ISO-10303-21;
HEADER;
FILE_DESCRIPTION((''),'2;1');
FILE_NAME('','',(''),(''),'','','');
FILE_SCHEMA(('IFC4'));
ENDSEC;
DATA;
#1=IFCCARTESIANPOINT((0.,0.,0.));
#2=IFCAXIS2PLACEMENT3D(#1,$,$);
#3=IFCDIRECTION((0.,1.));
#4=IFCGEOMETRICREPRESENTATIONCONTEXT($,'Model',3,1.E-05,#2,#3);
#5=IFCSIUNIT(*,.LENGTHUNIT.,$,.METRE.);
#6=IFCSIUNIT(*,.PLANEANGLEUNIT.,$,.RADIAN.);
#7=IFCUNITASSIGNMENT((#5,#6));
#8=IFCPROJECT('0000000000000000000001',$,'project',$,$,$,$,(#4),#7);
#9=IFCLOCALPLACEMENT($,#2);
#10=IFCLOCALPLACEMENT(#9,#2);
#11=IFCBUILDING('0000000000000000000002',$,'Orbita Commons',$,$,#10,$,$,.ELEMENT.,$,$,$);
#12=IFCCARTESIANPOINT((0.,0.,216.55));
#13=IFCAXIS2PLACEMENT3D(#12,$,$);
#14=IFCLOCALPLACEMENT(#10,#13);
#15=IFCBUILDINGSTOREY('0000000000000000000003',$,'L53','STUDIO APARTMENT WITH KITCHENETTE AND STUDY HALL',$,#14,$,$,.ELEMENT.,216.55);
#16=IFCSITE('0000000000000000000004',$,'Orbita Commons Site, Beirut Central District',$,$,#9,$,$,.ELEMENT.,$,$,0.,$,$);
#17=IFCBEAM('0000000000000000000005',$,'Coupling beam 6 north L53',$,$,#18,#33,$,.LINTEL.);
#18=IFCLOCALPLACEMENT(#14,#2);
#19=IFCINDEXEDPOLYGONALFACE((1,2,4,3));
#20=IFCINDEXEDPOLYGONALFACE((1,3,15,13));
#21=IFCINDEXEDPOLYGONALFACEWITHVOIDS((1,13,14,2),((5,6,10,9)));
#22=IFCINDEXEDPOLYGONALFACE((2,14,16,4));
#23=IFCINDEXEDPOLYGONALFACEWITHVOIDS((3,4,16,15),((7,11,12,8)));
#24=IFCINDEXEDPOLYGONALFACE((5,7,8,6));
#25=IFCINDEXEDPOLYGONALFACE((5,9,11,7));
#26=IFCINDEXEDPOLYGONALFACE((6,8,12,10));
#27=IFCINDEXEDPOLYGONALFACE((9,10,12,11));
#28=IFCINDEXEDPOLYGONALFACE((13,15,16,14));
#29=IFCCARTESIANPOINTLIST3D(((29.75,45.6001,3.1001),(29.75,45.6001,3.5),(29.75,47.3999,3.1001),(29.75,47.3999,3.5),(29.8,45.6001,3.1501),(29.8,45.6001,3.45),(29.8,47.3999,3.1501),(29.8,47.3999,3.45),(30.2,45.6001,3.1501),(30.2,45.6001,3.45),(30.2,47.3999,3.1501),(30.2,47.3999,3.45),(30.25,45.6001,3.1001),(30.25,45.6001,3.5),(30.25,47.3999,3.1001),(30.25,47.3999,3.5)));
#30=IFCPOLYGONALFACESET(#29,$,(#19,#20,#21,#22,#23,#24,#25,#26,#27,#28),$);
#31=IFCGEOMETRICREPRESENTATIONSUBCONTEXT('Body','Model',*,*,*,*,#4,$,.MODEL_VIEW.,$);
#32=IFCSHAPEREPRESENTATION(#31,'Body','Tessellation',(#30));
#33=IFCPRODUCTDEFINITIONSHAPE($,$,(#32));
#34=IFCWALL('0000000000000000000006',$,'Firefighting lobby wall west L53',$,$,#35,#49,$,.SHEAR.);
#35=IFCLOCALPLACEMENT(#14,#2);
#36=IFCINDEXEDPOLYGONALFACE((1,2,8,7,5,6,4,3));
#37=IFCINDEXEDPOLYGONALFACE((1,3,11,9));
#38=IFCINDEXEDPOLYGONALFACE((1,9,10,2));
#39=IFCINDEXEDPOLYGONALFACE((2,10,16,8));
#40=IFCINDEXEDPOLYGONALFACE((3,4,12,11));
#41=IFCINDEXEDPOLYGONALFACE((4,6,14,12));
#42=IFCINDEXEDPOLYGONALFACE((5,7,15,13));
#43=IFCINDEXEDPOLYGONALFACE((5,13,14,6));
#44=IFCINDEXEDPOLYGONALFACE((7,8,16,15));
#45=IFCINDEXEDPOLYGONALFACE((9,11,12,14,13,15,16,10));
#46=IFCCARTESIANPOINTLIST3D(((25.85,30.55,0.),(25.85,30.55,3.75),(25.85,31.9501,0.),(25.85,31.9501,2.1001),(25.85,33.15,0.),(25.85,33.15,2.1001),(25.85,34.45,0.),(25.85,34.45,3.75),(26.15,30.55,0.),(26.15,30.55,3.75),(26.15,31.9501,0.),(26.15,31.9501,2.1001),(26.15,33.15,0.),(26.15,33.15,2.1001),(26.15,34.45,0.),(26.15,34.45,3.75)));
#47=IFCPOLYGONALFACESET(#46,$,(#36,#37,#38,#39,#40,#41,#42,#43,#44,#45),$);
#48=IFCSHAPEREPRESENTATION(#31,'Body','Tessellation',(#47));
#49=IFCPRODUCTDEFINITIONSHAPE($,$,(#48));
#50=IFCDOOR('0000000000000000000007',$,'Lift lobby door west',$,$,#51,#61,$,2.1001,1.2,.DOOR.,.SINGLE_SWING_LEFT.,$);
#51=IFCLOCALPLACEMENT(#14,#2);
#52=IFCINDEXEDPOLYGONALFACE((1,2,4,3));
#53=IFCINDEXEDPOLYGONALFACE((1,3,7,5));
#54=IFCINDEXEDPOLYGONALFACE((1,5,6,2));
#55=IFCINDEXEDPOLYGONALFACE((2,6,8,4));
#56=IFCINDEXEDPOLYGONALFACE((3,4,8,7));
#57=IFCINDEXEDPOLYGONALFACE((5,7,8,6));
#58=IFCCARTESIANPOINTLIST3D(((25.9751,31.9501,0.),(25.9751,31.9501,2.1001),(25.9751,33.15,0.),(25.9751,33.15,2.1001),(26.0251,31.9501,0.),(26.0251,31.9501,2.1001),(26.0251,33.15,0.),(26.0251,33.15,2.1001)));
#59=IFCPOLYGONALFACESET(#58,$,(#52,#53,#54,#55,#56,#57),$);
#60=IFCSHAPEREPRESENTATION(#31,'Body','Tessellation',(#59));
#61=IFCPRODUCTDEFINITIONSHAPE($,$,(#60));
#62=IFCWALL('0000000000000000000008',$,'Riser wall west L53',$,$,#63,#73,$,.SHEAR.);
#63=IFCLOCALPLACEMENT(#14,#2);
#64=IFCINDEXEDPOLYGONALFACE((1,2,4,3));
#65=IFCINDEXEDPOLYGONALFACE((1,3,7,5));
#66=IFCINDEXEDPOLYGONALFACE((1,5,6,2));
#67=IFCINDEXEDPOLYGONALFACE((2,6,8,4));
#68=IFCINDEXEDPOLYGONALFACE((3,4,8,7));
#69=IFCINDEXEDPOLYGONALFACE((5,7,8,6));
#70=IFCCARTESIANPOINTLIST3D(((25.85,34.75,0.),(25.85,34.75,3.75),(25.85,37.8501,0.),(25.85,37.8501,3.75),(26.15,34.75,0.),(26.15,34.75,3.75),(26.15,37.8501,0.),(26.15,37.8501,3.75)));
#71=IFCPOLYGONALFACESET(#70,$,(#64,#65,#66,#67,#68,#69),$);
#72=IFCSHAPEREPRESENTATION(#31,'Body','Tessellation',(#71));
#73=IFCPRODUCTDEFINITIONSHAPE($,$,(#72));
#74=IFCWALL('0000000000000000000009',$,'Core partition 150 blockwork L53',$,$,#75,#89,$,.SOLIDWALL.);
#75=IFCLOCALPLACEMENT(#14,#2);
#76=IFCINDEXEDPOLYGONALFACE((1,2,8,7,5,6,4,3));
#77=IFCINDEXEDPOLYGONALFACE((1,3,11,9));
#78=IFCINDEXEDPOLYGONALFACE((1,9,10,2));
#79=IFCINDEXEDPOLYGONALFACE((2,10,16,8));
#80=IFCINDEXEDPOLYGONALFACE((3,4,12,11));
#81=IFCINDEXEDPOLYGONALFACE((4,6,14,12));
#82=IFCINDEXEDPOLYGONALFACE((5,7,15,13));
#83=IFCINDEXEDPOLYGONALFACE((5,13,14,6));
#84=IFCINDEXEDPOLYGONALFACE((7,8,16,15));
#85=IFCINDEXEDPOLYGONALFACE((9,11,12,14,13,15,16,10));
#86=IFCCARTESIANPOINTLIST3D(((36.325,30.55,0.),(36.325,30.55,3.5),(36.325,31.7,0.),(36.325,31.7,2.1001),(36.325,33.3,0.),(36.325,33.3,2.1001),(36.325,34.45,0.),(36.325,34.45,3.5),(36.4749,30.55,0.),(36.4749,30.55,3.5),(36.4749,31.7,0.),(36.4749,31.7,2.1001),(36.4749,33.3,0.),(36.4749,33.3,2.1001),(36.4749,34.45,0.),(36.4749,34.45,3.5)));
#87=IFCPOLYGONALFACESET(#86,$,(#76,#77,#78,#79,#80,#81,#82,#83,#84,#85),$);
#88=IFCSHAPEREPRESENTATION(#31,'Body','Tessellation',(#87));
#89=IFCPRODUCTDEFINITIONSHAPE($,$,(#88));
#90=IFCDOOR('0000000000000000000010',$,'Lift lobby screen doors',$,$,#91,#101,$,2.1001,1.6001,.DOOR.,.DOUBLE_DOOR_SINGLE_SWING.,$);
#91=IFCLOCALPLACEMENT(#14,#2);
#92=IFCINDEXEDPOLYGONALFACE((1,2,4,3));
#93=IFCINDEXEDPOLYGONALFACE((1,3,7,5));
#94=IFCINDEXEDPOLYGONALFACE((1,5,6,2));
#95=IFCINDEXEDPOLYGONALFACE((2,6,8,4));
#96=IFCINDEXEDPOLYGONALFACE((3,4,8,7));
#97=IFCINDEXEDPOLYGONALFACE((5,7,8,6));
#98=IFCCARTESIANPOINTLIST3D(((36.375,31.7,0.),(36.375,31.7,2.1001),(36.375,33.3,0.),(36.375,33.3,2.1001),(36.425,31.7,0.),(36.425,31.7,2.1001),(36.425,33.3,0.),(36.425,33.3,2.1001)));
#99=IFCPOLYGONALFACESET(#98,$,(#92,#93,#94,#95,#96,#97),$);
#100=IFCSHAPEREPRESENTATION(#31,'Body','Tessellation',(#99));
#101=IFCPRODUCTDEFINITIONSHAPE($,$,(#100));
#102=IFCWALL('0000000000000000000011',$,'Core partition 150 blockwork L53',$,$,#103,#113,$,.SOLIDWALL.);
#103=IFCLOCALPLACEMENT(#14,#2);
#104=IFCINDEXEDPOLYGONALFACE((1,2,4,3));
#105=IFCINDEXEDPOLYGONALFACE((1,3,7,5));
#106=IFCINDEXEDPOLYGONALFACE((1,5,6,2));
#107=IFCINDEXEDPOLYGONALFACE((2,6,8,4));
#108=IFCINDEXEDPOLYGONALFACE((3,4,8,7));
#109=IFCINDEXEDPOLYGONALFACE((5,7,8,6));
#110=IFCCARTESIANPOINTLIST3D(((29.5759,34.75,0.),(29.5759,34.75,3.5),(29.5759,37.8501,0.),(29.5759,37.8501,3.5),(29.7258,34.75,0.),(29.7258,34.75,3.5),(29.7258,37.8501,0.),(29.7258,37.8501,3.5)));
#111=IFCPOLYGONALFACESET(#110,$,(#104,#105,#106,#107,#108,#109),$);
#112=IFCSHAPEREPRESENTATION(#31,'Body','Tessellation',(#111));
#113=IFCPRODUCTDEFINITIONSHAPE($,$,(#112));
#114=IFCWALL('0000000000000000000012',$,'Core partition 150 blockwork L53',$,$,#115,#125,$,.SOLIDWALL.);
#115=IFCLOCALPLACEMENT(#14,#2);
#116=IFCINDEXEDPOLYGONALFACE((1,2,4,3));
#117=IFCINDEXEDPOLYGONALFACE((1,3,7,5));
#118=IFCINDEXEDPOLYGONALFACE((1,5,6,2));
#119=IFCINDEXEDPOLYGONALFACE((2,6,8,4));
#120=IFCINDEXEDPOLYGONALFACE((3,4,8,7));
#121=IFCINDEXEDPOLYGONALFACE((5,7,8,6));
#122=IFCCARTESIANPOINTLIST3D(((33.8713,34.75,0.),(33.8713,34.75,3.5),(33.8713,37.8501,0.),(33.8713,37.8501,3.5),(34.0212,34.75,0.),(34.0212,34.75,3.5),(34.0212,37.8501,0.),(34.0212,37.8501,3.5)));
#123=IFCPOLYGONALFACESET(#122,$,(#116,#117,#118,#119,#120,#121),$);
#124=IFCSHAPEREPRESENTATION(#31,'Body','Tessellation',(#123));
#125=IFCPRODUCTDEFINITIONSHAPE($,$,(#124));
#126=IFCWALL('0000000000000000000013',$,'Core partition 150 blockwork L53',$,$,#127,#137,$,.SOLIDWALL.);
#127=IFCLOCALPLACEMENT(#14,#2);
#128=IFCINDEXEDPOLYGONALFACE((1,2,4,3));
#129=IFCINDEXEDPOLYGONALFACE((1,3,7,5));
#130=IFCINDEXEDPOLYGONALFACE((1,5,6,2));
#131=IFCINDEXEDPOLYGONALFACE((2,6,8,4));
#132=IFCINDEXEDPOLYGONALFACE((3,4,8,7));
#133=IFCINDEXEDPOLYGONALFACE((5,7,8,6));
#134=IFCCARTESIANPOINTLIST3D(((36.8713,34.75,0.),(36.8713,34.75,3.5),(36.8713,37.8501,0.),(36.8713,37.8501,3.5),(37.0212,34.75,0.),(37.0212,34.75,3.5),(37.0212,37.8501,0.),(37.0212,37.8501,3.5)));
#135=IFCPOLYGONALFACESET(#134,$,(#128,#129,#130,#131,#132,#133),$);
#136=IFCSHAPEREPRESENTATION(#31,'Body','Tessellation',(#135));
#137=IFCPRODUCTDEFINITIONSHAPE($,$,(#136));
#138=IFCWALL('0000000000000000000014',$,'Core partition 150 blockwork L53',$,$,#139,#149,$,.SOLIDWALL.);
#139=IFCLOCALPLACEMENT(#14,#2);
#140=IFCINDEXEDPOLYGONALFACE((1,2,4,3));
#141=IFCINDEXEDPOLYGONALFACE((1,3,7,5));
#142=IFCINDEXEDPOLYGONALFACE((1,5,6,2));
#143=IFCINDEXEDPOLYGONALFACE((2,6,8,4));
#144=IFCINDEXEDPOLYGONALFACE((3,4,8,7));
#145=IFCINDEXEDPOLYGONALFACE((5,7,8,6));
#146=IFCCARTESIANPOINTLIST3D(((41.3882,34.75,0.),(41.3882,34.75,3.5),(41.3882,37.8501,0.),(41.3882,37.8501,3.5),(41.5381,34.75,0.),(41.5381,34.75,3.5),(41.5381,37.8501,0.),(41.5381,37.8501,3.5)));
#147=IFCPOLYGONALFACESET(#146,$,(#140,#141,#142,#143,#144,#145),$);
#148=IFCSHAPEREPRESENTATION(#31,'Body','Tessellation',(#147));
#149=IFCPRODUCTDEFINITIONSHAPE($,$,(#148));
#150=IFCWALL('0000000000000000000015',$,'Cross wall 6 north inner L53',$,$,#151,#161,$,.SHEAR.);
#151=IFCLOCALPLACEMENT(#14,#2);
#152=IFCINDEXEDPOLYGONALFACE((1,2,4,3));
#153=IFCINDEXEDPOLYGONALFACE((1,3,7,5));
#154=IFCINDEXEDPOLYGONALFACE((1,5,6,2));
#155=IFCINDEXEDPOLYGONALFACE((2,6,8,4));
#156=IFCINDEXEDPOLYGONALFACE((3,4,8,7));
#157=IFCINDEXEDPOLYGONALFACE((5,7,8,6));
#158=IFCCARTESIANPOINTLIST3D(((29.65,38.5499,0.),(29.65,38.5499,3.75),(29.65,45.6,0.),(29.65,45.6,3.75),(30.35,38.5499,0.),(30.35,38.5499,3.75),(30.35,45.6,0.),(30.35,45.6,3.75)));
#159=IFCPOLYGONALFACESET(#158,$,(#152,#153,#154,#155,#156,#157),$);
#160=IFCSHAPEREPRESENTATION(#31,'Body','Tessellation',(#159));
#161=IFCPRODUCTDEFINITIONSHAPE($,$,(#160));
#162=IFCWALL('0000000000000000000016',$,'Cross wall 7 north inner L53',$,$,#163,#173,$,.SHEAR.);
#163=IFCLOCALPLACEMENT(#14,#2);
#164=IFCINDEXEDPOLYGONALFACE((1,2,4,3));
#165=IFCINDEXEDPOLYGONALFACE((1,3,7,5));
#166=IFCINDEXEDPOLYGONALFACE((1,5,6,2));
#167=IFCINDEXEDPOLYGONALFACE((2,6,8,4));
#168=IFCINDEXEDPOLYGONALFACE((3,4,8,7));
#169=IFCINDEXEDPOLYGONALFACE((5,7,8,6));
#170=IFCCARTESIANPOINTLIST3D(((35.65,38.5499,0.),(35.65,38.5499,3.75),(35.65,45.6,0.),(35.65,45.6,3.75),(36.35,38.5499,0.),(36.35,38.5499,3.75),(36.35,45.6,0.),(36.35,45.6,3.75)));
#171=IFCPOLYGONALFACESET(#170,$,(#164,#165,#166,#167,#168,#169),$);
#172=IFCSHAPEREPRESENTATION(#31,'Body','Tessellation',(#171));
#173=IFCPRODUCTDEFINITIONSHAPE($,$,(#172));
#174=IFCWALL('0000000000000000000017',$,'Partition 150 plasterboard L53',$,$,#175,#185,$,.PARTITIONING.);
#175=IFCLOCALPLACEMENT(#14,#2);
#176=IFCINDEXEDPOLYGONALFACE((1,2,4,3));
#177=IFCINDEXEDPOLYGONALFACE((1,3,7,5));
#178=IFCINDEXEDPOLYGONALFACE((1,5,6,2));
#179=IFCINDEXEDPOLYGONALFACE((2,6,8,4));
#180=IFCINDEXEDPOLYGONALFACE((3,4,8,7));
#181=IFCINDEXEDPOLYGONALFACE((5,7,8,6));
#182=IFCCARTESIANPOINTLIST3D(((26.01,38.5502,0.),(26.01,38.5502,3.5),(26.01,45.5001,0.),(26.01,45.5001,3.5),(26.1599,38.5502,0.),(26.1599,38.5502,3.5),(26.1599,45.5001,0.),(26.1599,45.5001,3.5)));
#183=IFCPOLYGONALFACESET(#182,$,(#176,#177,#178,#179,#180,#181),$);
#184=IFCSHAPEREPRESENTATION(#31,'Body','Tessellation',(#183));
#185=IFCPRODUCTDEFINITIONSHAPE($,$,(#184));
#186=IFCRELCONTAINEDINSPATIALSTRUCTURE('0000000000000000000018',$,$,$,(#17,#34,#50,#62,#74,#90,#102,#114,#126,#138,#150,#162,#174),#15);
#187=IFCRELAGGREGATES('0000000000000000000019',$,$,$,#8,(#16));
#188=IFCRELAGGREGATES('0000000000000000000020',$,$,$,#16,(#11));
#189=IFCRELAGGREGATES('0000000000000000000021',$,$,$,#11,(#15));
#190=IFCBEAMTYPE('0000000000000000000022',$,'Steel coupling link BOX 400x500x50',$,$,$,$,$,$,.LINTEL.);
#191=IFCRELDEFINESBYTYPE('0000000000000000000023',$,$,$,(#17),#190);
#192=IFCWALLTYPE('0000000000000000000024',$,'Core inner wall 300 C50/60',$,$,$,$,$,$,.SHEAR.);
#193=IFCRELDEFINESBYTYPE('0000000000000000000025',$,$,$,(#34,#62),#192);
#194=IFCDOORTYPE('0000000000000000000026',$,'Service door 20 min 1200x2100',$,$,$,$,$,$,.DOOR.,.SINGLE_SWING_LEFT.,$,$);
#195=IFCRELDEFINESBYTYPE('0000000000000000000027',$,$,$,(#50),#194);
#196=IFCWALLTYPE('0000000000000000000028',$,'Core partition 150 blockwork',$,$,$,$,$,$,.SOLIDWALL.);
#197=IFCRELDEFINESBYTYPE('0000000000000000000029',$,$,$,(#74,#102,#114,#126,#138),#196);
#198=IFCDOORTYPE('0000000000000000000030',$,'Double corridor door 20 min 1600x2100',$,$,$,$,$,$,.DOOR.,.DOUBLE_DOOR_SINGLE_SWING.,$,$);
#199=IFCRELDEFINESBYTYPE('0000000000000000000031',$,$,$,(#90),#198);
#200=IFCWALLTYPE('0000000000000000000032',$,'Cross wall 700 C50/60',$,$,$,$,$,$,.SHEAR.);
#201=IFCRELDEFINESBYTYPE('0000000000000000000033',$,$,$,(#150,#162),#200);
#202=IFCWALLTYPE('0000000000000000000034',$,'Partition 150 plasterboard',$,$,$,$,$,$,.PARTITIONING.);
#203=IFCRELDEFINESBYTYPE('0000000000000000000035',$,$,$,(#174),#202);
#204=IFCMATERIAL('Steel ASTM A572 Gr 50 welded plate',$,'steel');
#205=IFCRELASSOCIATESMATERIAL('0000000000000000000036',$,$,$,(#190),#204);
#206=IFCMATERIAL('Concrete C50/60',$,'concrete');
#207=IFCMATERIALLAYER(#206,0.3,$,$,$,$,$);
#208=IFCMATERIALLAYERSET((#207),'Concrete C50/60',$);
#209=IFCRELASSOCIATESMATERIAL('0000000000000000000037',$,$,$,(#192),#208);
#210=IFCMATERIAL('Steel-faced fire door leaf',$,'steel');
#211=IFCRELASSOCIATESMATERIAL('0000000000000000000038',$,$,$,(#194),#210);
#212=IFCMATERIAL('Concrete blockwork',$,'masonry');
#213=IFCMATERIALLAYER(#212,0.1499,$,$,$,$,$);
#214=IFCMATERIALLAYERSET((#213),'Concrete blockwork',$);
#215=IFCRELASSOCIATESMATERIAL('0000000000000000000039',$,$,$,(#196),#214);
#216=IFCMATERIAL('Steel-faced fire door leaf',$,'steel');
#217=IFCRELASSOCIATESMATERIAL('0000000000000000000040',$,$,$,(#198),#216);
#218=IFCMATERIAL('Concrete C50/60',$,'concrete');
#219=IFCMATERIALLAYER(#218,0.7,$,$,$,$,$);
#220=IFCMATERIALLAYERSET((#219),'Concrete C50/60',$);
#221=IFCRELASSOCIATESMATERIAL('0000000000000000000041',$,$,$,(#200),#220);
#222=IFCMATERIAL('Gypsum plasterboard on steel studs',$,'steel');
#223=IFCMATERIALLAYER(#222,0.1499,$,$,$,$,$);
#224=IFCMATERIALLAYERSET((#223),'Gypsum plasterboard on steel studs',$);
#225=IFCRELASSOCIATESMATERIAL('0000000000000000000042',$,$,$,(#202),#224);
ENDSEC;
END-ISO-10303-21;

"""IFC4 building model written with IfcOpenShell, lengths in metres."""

from ifc_helpers import new_model, si_unit, direction, frame, frame_2d, origin, origin_2d, place, context, subcontext, project, spatial, rectangle, hollow_rectangle, extrude, material, layer, layer_set, material_profile, profile_set, type_object, element, fill, save


model = new_model("IFC4")

# Units and contexts
model_context = context("Model", 3, precision=1e-05, world=origin(), true_north=direction((0.0, 1.0)))
body_context = subcontext(model_context, "Body", "Model", "MODEL_VIEW")
ifc_project = project(units=[si_unit("LENGTHUNIT", "METRE"), si_unit("PLANEANGLEUNIT", "RADIAN")], contexts=[model_context])

# Site, building, storey
site_placement = place(None, origin())
site = spatial("IfcSite", under=ifc_project, at=site_placement, Name="Orbita Commons Site, Beirut Central District", CompositionType="ELEMENT", RefElevation=0.0)
building_placement = place(site_placement, origin())
building = spatial("IfcBuilding", under=site, at=building_placement, Name="Orbita Commons", CompositionType="ELEMENT")
storey_placement = place(building_placement, frame((0.0, 0.0, 216.55)))
storey = spatial("IfcBuildingStorey", under=building, at=storey_placement, Name="L53", Description="STUDIO APARTMENT WITH KITCHENETTE AND STUDY HALL", CompositionType="ELEMENT", Elevation=216.55)

# Beam
ifc_material_1 = material(Name="Steel ASTM A572 Gr 50 welded plate", Category="steel")
ifc_material_profile = material_profile(ifc_material_1, hollow_rectangle(XDim=0.5, YDim=0.3999, WallThickness=0.05, at=origin_2d()), Name="BOX 400x500x50")
ifc_profile_set = profile_set([ifc_material_profile], Name="Steel ASTM A572 Gr 50 welded plate")
beam_type = type_object("IfcBeamType", Name="Steel coupling link BOX 400x500x50", PredefinedType="LINTEL", material=ifc_profile_set)
beam_placement = place(storey_placement, frame((30.0, 45.6001, 3.3), z_axis=(0.0, 1.0, 0.0), x_axis=(-1.0, 0.0, 0.0)))
element("IfcBeam", 1, at=beam_placement, inside=storey, type_object=beam_type, Name="Coupling beam 6 north L53", PredefinedType="LINTEL", context=body_context, shape_type="SweptSolid", body=[
    extrude(hollow_rectangle(XDim=0.5, YDim=0.3999, WallThickness=0.05, at=origin_2d()), origin(), (0.0, 0.0, 1.0), 1.7998),
])

# Wall, opening, door
ifc_material_2 = material(Name="Concrete C50/60", Category="concrete")
ifc_layer_1 = layer(ifc_material_2, 0.3)
ifc_layer_set_1 = layer_set([ifc_layer_1], Name="Concrete C50/60")
wall_type_1 = type_object("IfcWallType", Name="Core inner wall 300 C50/60", PredefinedType="SHEAR", material=ifc_layer_set_1)
wall_1_placement = place(storey_placement, frame((26.0, 30.55, 0.0), z_axis=(0.0, 0.0, 1.0), x_axis=(0.0, 1.0, 0.0)))
wall_1 = element("IfcWall", 2, at=wall_1_placement, inside=storey, type_object=wall_type_1, Name="Firefighting lobby wall west L53", PredefinedType="SHEAR", context=body_context, shape_type="SweptSolid", body=[
    extrude(rectangle(XDim=3.8999, YDim=0.3, at=frame_2d((1.95, 0.0))), origin(), (0.0, 0.0, 1.0), 3.75),
])
opening_1_placement = place(wall_1_placement, frame((1.3999, 0.0, 0.0)))
opening_1 = element("IfcOpeningElement", 3, at=opening_1_placement, cuts=wall_1, PredefinedType="OPENING", context=body_context, shape_type="SweptSolid", body=[
    extrude(rectangle(XDim=1.2, YDim=2.1001, at=frame_2d((0.6001, 1.05))), frame((0.0, 0.1599, 0.0), z_axis=(0.0, -1.0, 0.0), x_axis=(1.0, 0.0, 0.0)), (0.0, 0.0, 1.0), 0.3201),
])
ifc_material_3 = material(Name="Steel-faced fire door leaf", Category="steel")
door_type_1 = type_object("IfcDoorType", Name="Service door 20 min 1200x2100", OperationType="SINGLE_SWING_LEFT", PredefinedType="DOOR", material=ifc_material_3)
door_1_placement = place(opening_1_placement, origin())
door_1 = element("IfcDoor", 4, at=door_1_placement, inside=storey, type_object=door_type_1, Name="Lift lobby door west", OperationType="SINGLE_SWING_LEFT", OverallHeight=2.1001, OverallWidth=1.2, PredefinedType="DOOR", context=body_context, shape_type="SweptSolid", body=[
    extrude(rectangle(XDim=1.2, YDim=2.1001, at=frame_2d((0.6001, 1.05))), frame((0.0, 0.0249, 0.0), z_axis=(0.0, -1.0, 0.0), x_axis=(1.0, 0.0, 0.0)), (0.0, 0.0, 1.0), 0.05),
])
fill(opening_1, door_1)

# Wall
wall_2_placement = place(storey_placement, frame((26.0, 34.75, 0.0), z_axis=(0.0, 0.0, 1.0), x_axis=(0.0, 1.0, 0.0)))
element("IfcWall", 5, at=wall_2_placement, inside=storey, type_object=wall_type_1, Name="Riser wall west L53", PredefinedType="SHEAR", context=body_context, shape_type="SweptSolid", body=[
    extrude(rectangle(XDim=3.1001, YDim=0.3, at=frame_2d((1.55, 0.0))), origin(), (0.0, 0.0, 1.0), 3.75),
])

# Wall, opening, door
ifc_material_4 = material(Name="Concrete blockwork", Category="masonry")
ifc_layer_2 = layer(ifc_material_4, 0.1499)
ifc_layer_set_2 = layer_set([ifc_layer_2], Name="Concrete blockwork")
wall_type_2 = type_object("IfcWallType", Name="Core partition 150 blockwork", PredefinedType="SOLIDWALL", material=ifc_layer_set_2)
wall_3_placement = place(storey_placement, frame((36.3999, 30.55, 0.0), z_axis=(0.0, 0.0, 1.0), x_axis=(0.0, 1.0, 0.0)))
wall_3 = element("IfcWall", 6, at=wall_3_placement, inside=storey, type_object=wall_type_2, Name="Core partition 150 blockwork L53", PredefinedType="SOLIDWALL", context=body_context, shape_type="SweptSolid", body=[
    extrude(rectangle(XDim=3.8999, YDim=0.1499, at=frame_2d((1.95, 0.0))), origin(), (0.0, 0.0, 1.0), 3.5),
])
opening_2_placement = place(wall_3_placement, frame((1.1499, 0.0, 0.0)))
opening_2 = element("IfcOpeningElement", 7, at=opening_2_placement, cuts=wall_3, PredefinedType="OPENING", context=body_context, shape_type="SweptSolid", body=[
    extrude(rectangle(XDim=1.6001, YDim=2.1001, at=frame_2d((0.8, 1.05))), frame((0.0, 0.085, 0.0), z_axis=(0.0, -1.0, 0.0), x_axis=(1.0, 0.0, 0.0)), (0.0, 0.0, 1.0), 0.1699),
])
ifc_material_5 = material(Name="Steel-faced fire door leaf", Category="steel")
door_type_2 = type_object("IfcDoorType", Name="Double corridor door 20 min 1600x2100", OperationType="DOUBLE_DOOR_SINGLE_SWING", PredefinedType="DOOR", material=ifc_material_5)
door_2_placement = place(opening_2_placement, origin())
door_2 = element("IfcDoor", 8, at=door_2_placement, inside=storey, type_object=door_type_2, Name="Lift lobby screen doors", OperationType="DOUBLE_DOOR_SINGLE_SWING", OverallHeight=2.1001, OverallWidth=1.6001, PredefinedType="DOOR", context=body_context, shape_type="SweptSolid", body=[
    extrude(rectangle(XDim=1.6001, YDim=2.1001, at=frame_2d((0.8, 1.05))), frame((0.0, 0.0249, 0.0), z_axis=(0.0, -1.0, 0.0), x_axis=(1.0, 0.0, 0.0)), (0.0, 0.0, 1.0), 0.05),
])
fill(opening_2, door_2)

# Walls
for number, where, z_axis, x_axis, name in (
    (9, (29.6509, 34.75, 0.0), (0.0, 0.0, 1.0), (0.0, 1.0, 0.0), "Core partition 150 blockwork L53"),
    (10, (33.9463, 34.75, 0.0), (0.0, 0.0, 1.0), (0.0, 1.0, 0.0), "Core partition 150 blockwork L53"),
    (11, (36.9463, 34.75, 0.0), (0.0, 0.0, 1.0), (0.0, 1.0, 0.0), "Core partition 150 blockwork L53"),
    (12, (41.4631, 34.75, 0.0), (0.0, 0.0, 1.0), (0.0, 1.0, 0.0), "Core partition 150 blockwork L53"),
):
    element("IfcWall", number, at=place(storey_placement, frame(where, z_axis=z_axis, x_axis=x_axis)), inside=storey, type_object=wall_type_2, Name=name, PredefinedType="SOLIDWALL", context=body_context, shape_type="SweptSolid", body=[
        extrude(rectangle(XDim=3.1001, YDim=0.1499, at=frame_2d((1.55, 0.0))), origin(), (0.0, 0.0, 1.0), 3.5),
    ])
ifc_material_6 = material(Name="Concrete C50/60", Category="concrete")
ifc_layer_3 = layer(ifc_material_6, 0.7)
ifc_layer_set_3 = layer_set([ifc_layer_3], Name="Concrete C50/60")
wall_type_3 = type_object("IfcWallType", Name="Cross wall 700 C50/60", PredefinedType="SHEAR", material=ifc_layer_set_3)
for number, where, z_axis, x_axis, name in (
    (13, (30.0, 38.55, 0.0), (0.0, 0.0, 1.0), (0.0, 1.0, 0.0), "Cross wall 6 north inner L53"),
    (14, (36.0, 38.55, 0.0), (0.0, 0.0, 1.0), (0.0, 1.0, 0.0), "Cross wall 7 north inner L53"),
):
    element("IfcWall", number, at=place(storey_placement, frame(where, z_axis=z_axis, x_axis=x_axis)), inside=storey, type_object=wall_type_3, Name=name, PredefinedType="SHEAR", context=body_context, shape_type="SweptSolid", body=[
        extrude(rectangle(XDim=7.05, YDim=0.7, at=frame_2d((3.5249, 0.0))), origin(), (0.0, 0.0, 1.0), 3.75),
    ])
ifc_material_7 = material(Name="Gypsum plasterboard on steel studs", Category="steel")
ifc_layer_4 = layer(ifc_material_7, 0.1499)
ifc_layer_set_4 = layer_set([ifc_layer_4], Name="Gypsum plasterboard on steel studs")
wall_type_4 = type_object("IfcWallType", Name="Partition 150 plasterboard", PredefinedType="PARTITIONING", material=ifc_layer_set_4)
for number, where, z_axis, x_axis, name in (
    (15, (26.085, 38.55, 0.0), (0.0, 0.0, 1.0), (0.0, 1.0, 0.0), "Partition 150 plasterboard L53"),
):
    element("IfcWall", number, at=place(storey_placement, frame(where, z_axis=z_axis, x_axis=x_axis)), inside=storey, type_object=wall_type_4, Name=name, PredefinedType="PARTITIONING", context=body_context, shape_type="SweptSolid", body=[
        extrude(rectangle(XDim=6.95, YDim=0.1499, at=frame_2d((3.4751, 0.0))), origin(), (0.0, 0.0, 1.0), 3.5),
    ])

save(model, "model.ifc")
